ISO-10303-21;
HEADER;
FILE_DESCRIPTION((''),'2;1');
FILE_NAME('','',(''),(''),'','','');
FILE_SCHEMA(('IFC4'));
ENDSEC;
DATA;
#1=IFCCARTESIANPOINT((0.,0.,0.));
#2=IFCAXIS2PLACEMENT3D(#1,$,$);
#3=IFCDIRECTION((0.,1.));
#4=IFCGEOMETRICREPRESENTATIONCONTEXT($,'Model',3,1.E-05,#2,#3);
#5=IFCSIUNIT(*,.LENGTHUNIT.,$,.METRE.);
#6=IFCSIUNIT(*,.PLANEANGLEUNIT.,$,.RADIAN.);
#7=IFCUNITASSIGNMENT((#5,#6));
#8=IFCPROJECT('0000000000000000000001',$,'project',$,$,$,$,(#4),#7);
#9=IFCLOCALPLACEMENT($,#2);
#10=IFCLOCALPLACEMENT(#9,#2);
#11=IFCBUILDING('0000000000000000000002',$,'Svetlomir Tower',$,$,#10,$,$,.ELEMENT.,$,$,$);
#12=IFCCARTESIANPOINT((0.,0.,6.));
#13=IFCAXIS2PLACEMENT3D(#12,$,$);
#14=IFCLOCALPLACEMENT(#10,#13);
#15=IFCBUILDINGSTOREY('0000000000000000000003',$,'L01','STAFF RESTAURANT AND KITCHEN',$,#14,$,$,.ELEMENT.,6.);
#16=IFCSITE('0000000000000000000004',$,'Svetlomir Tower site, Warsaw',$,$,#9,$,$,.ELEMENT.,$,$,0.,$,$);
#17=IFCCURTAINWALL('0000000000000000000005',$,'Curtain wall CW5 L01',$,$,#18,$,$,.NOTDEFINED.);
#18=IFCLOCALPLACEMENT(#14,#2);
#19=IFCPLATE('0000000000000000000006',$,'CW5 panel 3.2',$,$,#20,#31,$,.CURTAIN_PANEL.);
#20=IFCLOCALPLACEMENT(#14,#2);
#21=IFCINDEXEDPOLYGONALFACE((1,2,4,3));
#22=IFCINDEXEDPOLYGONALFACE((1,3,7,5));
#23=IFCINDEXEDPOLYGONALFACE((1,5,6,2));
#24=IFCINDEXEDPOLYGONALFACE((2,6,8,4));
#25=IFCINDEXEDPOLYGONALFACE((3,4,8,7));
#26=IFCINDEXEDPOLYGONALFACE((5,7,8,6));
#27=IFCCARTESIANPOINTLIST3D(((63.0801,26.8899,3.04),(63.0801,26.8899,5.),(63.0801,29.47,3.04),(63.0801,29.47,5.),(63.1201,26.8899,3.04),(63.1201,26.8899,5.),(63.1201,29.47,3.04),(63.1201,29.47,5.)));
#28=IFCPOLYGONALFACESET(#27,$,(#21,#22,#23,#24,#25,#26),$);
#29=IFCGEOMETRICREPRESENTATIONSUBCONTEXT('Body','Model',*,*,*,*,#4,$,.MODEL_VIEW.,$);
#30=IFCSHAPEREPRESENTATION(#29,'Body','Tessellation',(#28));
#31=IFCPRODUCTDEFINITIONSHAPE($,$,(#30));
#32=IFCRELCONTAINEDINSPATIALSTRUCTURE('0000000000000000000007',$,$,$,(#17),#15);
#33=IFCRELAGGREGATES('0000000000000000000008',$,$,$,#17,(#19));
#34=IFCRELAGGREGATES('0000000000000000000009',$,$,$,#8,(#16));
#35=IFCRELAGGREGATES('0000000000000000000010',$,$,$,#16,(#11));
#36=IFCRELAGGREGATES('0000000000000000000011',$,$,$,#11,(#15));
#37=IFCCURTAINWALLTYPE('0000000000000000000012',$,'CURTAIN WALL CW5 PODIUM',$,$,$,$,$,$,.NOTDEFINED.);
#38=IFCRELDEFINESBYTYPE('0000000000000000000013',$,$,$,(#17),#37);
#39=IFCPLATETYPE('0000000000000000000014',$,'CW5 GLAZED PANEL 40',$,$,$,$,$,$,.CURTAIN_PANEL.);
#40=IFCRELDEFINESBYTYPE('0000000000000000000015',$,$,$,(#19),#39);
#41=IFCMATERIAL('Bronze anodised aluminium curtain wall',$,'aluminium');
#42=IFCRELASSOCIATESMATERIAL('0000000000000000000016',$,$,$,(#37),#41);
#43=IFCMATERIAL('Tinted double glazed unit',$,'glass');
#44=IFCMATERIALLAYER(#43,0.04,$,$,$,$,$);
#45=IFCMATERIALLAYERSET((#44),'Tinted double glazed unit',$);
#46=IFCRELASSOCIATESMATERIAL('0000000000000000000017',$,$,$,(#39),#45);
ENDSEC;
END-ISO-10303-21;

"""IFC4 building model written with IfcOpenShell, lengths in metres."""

from ifc_helpers import new_model, si_unit, direction, frame, origin, origin_2d, place, context, subcontext, project, spatial, rectangle, extrude, material, layer, layer_set, type_object, element, aggregate, save


model = new_model("IFC4")

# Units and contexts
model_context = context("Model", 3, precision=1e-05, world=origin(), true_north=direction((0.0, 1.0)))
body_context = subcontext(model_context, "Body", "Model", "MODEL_VIEW")
ifc_project = project(units=[si_unit("LENGTHUNIT", "METRE"), si_unit("PLANEANGLEUNIT", "RADIAN")], contexts=[model_context])

# Site, building, storey
site_placement = place(None, origin())
site = spatial("IfcSite", under=ifc_project, at=site_placement, Name="Svetlomir Tower site, Warsaw", CompositionType="ELEMENT", RefElevation=0.0)
building_placement = place(site_placement, origin())
building = spatial("IfcBuilding", under=site, at=building_placement, Name="Svetlomir Tower", CompositionType="ELEMENT")
storey_placement = place(building_placement, frame((0.0, 0.0, 6.0)))
storey = spatial("IfcBuildingStorey", under=building, at=storey_placement, Name="L01", Description="STAFF RESTAURANT AND KITCHEN", CompositionType="ELEMENT", Elevation=6.0)

# Curtain wall
ifc_material_1 = material(Name="Bronze anodised aluminium curtain wall", Category="aluminium")
curtain_wall_type = type_object("IfcCurtainWallType", Name="CURTAIN WALL CW5 PODIUM", PredefinedType="NOTDEFINED", material=ifc_material_1)
curtain_wall_placement = place(storey_placement, origin())
curtain_wall = element("IfcCurtainWall", 1, at=curtain_wall_placement, inside=storey, type_object=curtain_wall_type, Name="Curtain wall CW5 L01", PredefinedType="NOTDEFINED")

# Plate
ifc_material_2 = material(Name="Tinted double glazed unit", Category="glass")
ifc_layer = layer(ifc_material_2, 0.04)
ifc_layer_set = layer_set([ifc_layer], Name="Tinted double glazed unit")
plate_type = type_object("IfcPlateType", Name="CW5 GLAZED PANEL 40", PredefinedType="CURTAIN_PANEL", material=ifc_layer_set)
plate_1_placement = place(storey_placement, frame((63.1001, 28.1799, 3.04), z_axis=(0.0, 0.0, 1.0), x_axis=(0.0, 1.0, 0.0)))
plate_1 = element("IfcPlate", 2, at=plate_1_placement, type_object=plate_type, Name="CW5 panel 3.2", PredefinedType="CURTAIN_PANEL", context=body_context, shape_type="SweptSolid", body=[
    extrude(rectangle(XDim=2.5801, YDim=0.04, at=origin_2d()), origin(), (0.0, 0.0, 1.0), 1.96),
])
aggregate(curtain_wall, [plate_1])

save(model, "model.ifc")
